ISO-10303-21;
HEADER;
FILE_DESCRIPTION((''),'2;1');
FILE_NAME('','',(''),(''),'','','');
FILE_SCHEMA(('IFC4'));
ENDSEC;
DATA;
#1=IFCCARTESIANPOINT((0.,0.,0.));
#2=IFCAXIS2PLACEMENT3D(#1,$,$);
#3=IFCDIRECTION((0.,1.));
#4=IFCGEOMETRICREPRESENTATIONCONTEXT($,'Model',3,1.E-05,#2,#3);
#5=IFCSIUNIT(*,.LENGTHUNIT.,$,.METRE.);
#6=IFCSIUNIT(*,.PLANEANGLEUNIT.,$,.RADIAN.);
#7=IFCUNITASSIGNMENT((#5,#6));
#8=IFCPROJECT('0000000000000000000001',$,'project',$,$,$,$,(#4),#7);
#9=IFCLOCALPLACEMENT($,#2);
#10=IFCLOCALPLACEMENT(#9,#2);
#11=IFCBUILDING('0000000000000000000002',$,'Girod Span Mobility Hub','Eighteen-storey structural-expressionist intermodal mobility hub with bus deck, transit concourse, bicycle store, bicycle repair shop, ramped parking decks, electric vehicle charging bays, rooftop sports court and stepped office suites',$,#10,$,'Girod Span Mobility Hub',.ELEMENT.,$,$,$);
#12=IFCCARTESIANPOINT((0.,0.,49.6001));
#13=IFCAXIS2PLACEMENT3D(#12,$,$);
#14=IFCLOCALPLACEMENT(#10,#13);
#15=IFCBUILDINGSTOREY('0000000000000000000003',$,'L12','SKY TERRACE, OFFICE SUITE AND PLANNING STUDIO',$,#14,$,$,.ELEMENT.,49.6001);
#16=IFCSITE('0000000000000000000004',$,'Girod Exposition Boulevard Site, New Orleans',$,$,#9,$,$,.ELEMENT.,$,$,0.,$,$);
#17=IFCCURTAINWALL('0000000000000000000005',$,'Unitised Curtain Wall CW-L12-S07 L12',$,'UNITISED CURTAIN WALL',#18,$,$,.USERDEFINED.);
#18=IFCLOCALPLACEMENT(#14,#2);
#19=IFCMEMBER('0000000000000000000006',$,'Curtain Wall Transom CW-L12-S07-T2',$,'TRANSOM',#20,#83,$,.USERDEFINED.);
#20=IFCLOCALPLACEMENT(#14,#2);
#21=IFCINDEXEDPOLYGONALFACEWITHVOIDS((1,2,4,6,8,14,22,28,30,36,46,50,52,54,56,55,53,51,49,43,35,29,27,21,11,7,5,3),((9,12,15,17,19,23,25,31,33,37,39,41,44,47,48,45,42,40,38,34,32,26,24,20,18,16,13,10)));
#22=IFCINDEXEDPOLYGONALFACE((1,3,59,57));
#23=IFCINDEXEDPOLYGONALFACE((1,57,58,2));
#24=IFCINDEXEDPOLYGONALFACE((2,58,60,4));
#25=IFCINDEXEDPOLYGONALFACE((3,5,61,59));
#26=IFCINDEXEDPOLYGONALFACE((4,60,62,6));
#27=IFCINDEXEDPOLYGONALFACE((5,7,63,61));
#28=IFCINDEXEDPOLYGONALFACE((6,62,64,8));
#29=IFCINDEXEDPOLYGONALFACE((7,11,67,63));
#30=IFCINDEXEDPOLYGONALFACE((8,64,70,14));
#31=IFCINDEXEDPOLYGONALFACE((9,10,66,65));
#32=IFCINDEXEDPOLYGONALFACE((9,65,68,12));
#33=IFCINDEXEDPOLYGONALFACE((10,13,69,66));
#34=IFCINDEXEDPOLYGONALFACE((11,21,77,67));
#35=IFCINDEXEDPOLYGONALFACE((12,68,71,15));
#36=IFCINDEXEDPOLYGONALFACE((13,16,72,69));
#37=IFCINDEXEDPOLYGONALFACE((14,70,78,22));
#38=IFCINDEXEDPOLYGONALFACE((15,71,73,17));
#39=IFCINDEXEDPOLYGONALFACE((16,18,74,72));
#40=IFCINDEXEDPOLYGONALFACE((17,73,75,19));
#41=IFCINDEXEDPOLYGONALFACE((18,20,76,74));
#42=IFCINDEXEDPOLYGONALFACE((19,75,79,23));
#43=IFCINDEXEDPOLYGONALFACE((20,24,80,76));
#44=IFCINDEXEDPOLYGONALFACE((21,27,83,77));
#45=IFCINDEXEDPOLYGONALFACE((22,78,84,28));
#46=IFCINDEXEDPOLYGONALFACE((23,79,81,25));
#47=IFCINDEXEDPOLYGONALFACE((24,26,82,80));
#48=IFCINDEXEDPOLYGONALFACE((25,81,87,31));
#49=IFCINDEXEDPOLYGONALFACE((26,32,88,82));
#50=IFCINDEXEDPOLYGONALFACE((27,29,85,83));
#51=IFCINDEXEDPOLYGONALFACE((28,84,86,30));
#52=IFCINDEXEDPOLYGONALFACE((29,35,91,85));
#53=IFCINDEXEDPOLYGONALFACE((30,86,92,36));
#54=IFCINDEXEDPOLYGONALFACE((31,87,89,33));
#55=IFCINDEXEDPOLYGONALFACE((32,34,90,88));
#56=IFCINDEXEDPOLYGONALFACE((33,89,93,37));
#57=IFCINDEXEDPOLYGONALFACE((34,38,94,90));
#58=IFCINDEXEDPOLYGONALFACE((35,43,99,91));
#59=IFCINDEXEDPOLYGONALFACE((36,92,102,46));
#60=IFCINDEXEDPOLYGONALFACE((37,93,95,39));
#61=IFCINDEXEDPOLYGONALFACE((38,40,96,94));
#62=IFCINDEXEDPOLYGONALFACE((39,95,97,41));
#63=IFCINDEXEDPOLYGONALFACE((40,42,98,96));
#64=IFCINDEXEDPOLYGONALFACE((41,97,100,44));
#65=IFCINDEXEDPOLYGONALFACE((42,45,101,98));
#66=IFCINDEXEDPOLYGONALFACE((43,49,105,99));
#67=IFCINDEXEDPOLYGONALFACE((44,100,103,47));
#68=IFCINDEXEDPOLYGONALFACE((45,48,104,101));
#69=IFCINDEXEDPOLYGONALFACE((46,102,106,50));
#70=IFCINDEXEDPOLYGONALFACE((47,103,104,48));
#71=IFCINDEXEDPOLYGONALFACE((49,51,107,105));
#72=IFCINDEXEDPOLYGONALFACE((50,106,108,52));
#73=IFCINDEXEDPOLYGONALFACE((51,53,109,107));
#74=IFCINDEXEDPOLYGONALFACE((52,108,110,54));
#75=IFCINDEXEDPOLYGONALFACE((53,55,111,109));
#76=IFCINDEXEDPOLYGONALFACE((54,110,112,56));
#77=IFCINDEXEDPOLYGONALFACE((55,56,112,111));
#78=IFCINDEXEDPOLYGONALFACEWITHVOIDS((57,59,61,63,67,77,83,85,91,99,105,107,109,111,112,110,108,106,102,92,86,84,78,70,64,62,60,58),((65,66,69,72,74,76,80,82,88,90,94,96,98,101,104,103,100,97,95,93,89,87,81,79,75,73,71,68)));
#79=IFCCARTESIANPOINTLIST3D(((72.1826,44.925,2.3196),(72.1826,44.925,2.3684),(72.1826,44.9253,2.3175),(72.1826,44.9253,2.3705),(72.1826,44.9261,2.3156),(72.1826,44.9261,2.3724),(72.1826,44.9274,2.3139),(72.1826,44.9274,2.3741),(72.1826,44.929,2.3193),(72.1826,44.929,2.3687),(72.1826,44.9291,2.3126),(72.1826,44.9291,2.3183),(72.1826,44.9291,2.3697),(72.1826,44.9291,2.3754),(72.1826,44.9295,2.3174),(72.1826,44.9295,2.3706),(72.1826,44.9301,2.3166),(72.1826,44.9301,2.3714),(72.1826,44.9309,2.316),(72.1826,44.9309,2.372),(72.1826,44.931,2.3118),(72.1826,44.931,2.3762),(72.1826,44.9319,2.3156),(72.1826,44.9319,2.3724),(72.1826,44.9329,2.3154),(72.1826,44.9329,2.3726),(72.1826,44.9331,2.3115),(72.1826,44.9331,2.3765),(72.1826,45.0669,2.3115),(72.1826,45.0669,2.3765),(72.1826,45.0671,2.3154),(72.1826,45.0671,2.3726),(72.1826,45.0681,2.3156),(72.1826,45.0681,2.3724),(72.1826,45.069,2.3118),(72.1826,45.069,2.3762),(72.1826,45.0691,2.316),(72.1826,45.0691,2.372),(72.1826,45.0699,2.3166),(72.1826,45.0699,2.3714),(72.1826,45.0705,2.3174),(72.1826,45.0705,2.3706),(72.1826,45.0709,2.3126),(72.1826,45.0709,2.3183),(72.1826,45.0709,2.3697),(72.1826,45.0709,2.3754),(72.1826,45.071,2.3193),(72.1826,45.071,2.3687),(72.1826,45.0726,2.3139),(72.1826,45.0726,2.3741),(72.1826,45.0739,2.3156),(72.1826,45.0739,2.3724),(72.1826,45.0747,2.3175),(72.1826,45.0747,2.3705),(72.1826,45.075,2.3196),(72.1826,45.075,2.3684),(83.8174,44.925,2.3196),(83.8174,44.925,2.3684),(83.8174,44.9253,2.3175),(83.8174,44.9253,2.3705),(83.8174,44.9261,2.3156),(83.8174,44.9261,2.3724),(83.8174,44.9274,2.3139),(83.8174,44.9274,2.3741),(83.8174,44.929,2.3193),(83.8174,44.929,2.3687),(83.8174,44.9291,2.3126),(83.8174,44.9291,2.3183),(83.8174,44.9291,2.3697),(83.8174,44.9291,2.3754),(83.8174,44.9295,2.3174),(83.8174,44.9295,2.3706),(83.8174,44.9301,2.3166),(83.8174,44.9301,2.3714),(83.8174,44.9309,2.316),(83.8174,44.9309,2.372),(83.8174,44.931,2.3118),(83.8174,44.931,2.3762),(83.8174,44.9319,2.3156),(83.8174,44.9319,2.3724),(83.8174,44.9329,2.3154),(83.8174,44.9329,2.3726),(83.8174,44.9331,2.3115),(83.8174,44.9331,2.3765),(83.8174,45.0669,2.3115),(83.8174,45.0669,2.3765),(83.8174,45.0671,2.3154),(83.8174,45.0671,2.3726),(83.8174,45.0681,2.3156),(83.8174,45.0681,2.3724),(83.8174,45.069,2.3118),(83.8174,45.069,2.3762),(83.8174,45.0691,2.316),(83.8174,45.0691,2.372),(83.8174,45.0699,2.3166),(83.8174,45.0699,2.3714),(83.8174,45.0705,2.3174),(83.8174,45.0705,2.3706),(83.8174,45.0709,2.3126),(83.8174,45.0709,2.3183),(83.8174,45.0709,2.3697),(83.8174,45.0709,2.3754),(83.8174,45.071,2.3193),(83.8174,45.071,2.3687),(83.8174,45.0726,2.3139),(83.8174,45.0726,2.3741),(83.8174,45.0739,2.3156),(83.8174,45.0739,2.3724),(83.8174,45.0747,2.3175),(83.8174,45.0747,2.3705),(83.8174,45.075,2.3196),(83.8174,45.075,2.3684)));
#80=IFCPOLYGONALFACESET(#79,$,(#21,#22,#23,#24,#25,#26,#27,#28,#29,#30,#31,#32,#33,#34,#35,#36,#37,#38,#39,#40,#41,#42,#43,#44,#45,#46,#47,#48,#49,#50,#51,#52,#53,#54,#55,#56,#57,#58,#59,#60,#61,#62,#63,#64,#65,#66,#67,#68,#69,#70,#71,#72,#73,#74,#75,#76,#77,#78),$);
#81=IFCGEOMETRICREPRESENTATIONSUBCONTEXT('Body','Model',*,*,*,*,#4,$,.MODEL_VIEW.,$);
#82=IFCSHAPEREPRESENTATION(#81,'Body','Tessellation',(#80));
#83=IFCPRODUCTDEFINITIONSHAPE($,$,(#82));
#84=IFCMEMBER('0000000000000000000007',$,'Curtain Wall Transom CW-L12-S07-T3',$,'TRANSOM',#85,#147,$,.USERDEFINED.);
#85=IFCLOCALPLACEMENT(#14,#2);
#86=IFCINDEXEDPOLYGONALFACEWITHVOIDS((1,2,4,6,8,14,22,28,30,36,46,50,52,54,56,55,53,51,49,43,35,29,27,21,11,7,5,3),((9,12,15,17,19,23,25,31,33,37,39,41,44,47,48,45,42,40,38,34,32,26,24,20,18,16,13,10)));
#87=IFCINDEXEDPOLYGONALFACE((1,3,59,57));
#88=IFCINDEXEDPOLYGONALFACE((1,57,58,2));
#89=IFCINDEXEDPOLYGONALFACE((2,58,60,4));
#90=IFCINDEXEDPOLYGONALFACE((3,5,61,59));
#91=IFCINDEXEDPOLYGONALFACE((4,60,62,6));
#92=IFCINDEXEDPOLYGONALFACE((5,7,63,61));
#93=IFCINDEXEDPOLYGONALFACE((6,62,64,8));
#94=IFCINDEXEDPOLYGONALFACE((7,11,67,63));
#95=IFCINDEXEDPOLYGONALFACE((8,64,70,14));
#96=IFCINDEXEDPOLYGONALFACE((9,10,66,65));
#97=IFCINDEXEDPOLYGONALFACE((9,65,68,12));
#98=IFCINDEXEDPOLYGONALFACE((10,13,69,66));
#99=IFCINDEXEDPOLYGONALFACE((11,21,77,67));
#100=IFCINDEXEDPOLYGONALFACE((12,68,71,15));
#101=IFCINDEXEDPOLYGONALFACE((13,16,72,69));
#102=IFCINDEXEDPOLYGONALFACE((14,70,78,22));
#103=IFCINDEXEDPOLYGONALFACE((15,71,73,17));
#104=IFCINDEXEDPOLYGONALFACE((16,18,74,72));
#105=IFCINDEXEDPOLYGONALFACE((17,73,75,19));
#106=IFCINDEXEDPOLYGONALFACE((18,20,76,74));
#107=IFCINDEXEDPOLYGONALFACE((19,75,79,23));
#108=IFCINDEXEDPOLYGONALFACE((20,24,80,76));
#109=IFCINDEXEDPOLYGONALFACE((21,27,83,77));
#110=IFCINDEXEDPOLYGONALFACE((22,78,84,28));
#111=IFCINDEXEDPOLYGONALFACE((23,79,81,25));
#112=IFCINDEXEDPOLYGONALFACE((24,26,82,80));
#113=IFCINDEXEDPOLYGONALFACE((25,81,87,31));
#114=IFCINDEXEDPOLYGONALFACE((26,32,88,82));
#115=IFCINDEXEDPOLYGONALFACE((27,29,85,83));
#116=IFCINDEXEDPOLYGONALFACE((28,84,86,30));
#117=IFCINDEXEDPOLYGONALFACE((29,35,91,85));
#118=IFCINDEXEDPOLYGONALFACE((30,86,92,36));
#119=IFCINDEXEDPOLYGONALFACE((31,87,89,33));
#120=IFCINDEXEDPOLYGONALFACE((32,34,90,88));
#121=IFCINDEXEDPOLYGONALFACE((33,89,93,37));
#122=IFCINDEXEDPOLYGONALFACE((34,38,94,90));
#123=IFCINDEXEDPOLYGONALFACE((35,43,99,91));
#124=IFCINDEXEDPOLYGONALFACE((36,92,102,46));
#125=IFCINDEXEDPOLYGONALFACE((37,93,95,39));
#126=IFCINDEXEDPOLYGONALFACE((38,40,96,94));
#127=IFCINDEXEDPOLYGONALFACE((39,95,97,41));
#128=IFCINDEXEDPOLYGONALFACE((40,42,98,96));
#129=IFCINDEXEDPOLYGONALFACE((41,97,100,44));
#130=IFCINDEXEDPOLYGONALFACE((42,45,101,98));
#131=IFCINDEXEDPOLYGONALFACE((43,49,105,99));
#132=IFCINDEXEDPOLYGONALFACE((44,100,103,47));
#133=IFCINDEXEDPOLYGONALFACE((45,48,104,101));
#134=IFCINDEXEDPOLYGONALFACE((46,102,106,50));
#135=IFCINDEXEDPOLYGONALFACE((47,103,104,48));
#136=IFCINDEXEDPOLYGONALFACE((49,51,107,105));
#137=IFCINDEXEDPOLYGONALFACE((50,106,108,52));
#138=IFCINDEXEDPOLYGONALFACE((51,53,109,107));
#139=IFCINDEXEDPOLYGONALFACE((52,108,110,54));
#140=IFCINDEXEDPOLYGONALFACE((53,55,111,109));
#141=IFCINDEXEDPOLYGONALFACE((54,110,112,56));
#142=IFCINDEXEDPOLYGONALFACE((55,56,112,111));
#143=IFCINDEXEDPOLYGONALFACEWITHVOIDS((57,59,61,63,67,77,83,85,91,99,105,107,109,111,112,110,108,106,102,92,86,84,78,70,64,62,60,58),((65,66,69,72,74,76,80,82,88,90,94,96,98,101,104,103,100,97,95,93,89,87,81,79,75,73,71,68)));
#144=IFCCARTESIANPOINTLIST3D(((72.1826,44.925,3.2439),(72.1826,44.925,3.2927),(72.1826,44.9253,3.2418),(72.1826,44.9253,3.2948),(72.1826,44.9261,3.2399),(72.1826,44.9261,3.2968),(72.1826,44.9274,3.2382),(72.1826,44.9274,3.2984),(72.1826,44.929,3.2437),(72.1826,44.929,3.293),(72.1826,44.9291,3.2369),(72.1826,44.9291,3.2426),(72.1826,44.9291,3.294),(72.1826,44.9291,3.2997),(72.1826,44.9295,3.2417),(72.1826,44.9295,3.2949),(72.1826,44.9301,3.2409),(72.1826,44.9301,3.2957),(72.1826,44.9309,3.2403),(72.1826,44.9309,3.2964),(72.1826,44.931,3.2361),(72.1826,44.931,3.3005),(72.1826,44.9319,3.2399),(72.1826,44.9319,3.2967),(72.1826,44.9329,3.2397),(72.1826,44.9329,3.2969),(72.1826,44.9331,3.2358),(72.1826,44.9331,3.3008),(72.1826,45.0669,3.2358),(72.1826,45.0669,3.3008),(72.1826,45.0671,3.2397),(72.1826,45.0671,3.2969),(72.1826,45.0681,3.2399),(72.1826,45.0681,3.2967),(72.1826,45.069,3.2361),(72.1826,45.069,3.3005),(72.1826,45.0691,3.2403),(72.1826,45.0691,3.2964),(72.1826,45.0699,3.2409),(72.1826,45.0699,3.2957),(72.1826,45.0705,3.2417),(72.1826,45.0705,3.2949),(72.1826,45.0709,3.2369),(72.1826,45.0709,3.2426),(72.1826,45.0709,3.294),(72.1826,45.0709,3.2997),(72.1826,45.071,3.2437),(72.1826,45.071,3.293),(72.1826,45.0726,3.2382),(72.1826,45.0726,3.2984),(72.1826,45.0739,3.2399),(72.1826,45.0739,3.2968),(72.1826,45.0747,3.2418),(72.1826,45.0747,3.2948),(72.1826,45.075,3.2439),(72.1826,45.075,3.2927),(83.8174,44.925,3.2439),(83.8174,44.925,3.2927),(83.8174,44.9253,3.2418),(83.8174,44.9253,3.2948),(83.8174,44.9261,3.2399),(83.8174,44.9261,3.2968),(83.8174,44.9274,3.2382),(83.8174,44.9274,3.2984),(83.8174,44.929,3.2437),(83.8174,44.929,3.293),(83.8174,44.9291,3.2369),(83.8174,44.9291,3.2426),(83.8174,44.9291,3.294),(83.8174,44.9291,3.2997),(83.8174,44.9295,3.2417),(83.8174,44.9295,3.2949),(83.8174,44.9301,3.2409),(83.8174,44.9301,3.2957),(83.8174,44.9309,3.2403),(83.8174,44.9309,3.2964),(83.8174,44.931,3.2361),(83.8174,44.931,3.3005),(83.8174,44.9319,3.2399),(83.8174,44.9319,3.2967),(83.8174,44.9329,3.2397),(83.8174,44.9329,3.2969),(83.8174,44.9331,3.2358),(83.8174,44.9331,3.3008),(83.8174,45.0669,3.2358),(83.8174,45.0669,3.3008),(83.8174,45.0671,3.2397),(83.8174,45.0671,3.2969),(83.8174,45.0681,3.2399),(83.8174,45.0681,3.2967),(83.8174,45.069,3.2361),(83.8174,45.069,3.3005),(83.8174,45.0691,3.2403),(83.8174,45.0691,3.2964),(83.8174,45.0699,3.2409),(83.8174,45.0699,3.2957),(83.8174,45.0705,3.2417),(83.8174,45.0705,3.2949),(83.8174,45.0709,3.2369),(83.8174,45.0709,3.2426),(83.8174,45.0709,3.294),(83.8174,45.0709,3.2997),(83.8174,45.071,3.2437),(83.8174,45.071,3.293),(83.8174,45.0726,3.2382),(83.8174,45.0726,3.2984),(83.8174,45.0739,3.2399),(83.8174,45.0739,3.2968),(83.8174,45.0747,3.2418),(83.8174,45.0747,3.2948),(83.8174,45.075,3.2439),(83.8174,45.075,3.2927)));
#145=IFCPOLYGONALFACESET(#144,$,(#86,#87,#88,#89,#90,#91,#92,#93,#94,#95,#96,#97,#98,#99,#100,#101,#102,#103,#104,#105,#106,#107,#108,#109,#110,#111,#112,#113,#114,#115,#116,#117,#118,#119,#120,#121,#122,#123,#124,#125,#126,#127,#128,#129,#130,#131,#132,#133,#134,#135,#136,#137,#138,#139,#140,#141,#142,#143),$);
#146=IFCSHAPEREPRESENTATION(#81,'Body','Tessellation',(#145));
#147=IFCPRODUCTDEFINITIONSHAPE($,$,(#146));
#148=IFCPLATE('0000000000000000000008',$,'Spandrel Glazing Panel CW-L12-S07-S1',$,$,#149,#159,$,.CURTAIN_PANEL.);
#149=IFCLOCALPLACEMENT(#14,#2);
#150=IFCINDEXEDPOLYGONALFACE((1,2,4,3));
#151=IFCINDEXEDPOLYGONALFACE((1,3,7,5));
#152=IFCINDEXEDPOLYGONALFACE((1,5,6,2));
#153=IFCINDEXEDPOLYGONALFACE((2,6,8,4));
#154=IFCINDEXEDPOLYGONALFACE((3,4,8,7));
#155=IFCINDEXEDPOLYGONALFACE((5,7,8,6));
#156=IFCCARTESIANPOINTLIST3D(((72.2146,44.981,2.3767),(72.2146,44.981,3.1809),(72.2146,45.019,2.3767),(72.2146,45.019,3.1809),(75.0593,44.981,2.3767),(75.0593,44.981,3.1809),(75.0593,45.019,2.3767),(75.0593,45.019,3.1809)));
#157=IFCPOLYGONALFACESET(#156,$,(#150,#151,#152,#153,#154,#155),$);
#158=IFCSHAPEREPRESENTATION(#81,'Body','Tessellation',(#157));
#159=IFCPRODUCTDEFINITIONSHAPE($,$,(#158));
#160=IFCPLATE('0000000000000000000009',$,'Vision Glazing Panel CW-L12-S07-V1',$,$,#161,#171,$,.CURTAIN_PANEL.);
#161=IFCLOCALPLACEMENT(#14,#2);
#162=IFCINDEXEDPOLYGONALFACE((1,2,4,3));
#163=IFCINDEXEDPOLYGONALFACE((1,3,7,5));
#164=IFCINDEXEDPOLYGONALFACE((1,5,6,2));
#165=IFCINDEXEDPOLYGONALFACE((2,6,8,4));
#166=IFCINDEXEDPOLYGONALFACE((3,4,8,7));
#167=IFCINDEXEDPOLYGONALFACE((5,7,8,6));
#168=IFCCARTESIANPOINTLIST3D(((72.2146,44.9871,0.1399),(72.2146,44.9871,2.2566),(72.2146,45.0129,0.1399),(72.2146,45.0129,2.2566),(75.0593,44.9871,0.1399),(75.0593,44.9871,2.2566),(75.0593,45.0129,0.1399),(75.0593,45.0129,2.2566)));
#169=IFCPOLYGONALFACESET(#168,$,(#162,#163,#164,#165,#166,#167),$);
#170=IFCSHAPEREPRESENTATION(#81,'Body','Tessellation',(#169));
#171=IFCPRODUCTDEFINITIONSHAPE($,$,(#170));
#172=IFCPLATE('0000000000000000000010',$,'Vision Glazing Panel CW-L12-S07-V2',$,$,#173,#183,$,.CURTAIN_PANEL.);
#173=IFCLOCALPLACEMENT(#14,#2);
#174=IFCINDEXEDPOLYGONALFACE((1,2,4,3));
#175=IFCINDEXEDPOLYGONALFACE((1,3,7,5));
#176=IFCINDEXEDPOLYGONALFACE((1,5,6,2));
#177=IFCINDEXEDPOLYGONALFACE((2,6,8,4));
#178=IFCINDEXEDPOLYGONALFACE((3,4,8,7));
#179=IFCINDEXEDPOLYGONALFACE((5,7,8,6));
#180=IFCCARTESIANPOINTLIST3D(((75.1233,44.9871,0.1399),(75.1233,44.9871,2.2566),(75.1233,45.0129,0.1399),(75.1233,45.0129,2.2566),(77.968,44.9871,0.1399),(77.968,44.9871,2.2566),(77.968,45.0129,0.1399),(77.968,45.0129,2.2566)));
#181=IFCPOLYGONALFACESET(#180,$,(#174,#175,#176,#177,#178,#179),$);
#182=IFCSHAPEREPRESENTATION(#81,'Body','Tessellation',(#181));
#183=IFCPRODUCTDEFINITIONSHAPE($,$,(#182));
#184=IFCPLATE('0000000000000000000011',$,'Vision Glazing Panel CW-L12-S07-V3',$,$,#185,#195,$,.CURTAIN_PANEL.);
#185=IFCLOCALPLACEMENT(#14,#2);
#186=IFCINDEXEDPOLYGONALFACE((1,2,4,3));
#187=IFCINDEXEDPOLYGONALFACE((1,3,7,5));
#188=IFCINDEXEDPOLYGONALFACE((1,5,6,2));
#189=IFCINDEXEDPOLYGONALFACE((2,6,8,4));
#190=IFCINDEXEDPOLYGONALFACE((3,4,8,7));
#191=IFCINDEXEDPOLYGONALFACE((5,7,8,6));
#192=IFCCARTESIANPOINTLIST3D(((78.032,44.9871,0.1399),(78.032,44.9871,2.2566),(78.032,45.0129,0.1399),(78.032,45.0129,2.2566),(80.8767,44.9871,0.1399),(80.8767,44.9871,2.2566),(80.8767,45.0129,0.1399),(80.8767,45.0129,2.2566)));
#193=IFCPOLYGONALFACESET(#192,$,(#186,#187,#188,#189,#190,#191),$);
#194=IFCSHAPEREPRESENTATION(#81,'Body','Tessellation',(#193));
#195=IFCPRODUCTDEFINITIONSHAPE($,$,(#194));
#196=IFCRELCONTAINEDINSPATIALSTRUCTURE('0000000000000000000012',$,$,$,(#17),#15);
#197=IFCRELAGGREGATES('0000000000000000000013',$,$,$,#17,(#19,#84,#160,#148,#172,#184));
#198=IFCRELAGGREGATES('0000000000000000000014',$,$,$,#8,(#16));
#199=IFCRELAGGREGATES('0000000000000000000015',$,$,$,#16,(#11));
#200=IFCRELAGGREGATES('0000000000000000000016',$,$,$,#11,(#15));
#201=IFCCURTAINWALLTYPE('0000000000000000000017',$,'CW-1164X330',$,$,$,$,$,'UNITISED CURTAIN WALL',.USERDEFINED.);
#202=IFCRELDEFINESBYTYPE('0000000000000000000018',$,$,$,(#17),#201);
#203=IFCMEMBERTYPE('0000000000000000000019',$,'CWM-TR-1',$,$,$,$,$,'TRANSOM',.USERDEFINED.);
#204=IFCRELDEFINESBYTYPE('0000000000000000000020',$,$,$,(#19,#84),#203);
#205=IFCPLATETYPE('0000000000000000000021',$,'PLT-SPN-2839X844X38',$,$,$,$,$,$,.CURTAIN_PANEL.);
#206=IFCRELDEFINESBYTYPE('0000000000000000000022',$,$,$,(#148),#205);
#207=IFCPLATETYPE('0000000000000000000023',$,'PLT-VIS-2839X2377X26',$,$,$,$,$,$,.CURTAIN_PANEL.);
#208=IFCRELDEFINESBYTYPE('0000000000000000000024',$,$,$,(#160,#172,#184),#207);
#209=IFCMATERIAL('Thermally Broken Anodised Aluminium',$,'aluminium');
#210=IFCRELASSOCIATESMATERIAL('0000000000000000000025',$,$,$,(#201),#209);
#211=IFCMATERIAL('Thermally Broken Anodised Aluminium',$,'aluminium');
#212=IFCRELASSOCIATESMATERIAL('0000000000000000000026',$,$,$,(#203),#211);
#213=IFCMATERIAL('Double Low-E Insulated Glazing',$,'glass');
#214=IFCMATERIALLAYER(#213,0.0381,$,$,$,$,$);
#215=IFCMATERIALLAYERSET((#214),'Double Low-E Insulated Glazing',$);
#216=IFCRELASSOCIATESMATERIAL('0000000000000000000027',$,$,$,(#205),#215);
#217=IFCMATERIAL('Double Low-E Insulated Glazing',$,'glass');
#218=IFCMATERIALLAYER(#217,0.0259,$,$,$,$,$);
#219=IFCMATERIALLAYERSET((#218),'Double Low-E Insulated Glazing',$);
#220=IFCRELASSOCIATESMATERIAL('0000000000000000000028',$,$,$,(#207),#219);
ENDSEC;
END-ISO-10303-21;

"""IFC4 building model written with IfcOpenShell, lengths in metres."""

from ifc_helpers import new_model, si_unit, direction, frame, origin, origin_2d, place, context, subcontext, project, spatial, rectangle, hollow_rectangle, extrude, material, layer, layer_set, material_profile, profile_set, type_object, element, aggregate, save


model = new_model("IFC4")

# Units and contexts
model_context = context("Model", 3, precision=1e-05, world=origin(), true_north=direction((0.0, 1.0)))
body_context = subcontext(model_context, "Body", "Model", "MODEL_VIEW")
ifc_project = project(units=[si_unit("LENGTHUNIT", "METRE"), si_unit("PLANEANGLEUNIT", "RADIAN")], contexts=[model_context])

# Site, building, storey
site_placement = place(None, origin())
site = spatial("IfcSite", under=ifc_project, at=site_placement, Name="Girod Exposition Boulevard Site, New Orleans", CompositionType="ELEMENT", RefElevation=0.0)
building_placement = place(site_placement, origin())
building = spatial("IfcBuilding", under=site, at=building_placement, Name="Girod Span Mobility Hub", Description="Eighteen-storey structural-expressionist intermodal mobility hub with bus deck, transit concourse, bicycle store, bicycle repair shop, ramped parking decks, electric vehicle charging bays, rooftop sports court and stepped office suites", LongName="Girod Span Mobility Hub", CompositionType="ELEMENT")
storey_placement = place(building_placement, frame((0.0, 0.0, 49.6001)))
storey = spatial("IfcBuildingStorey", under=building, at=storey_placement, Name="L12", Description="SKY TERRACE, OFFICE SUITE AND PLANNING STUDIO", CompositionType="ELEMENT", Elevation=49.6001)

# Curtain wall, members, plates
ifc_material_1 = material(Name="Thermally Broken Anodised Aluminium", Category="aluminium")
curtain_wall_type = type_object("IfcCurtainWallType", Name="CW-1164X330", ElementType="UNITISED CURTAIN WALL", PredefinedType="USERDEFINED", material=ifc_material_1)
curtain_wall_placement = place(storey_placement, origin())
curtain_wall = element("IfcCurtainWall", 1, at=curtain_wall_placement, inside=storey, type_object=curtain_wall_type, Name="Unitised Curtain Wall CW-L12-S07 L12", ObjectType="UNITISED CURTAIN WALL", PredefinedType="USERDEFINED")
ifc_material_2 = material(Name="Thermally Broken Anodised Aluminium", Category="aluminium")
ifc_material_profile_1 = material_profile(ifc_material_2, hollow_rectangle(XDim=0.1499, YDim=0.0649, WallThickness=0.0039, InnerFilletRadius=0.0039, OuterFilletRadius=0.0081, at=origin_2d()), Name="CW-TR-65X150")
ifc_profile_set_1 = profile_set([ifc_material_profile_1], Name="Thermally Broken Anodised Aluminium")
member_type_1 = type_object("IfcMemberType", Name="CWM-TR-1", ElementType="TRANSOM", PredefinedType="USERDEFINED", material=ifc_profile_set_1)
member_1_placement = place(storey_placement, frame((72.1826, 45.0, 2.344), z_axis=(1.0, 0.0, 0.0), x_axis=(0.0, 1.0, 0.0)))
member_1 = element("IfcMember", 2, at=member_1_placement, type_object=member_type_1, Name="Curtain Wall Transom CW-L12-S07-T2", ObjectType="TRANSOM", PredefinedType="USERDEFINED", context=body_context, shape_type="SweptSolid", body=[
    extrude(hollow_rectangle(XDim=0.1499, YDim=0.0649, WallThickness=0.0039, InnerFilletRadius=0.0039, OuterFilletRadius=0.0081, at=origin_2d()), origin(), (0.0, 0.0, 1.0), 11.6348),
])
member_2_placement = place(storey_placement, frame((72.1826, 45.0, 3.2683), z_axis=(1.0, 0.0, 0.0), x_axis=(0.0, 1.0, 0.0)))
member_2 = element("IfcMember", 3, at=member_2_placement, type_object=member_type_1, Name="Curtain Wall Transom CW-L12-S07-T3", ObjectType="TRANSOM", PredefinedType="USERDEFINED", context=body_context, shape_type="SweptSolid", body=[
    extrude(hollow_rectangle(XDim=0.1499, YDim=0.0649, WallThickness=0.0039, InnerFilletRadius=0.0039, OuterFilletRadius=0.0081, at=origin_2d()), origin(), (0.0, 0.0, 1.0), 11.6348),
])
ifc_material_3 = material(Name="Double Low-E Insulated Glazing", Category="glass")
ifc_layer_1 = layer(ifc_material_3, 0.0381)
ifc_layer_set_1 = layer_set([ifc_layer_1], Name="Double Low-E Insulated Glazing")
plate_type_1 = type_object("IfcPlateType", Name="PLT-SPN-2839X844X38", PredefinedType="CURTAIN_PANEL", material=ifc_layer_set_1)
plate_1_placement = place(storey_placement, frame((73.637, 45.0, 2.3767), z_axis=(0.0, 0.0, 1.0), x_axis=(1.0, 0.0, 0.0)))
plate_1 = element("IfcPlate", 4, at=plate_1_placement, type_object=plate_type_1, Name="Spandrel Glazing Panel CW-L12-S07-S1", PredefinedType="CURTAIN_PANEL", context=body_context, shape_type="SweptSolid", body=[
    extrude(rectangle(XDim=2.8447, YDim=0.0381, at=origin_2d()), origin(), (0.0, 0.0, 1.0), 0.8042),
])
ifc_material_4 = material(Name="Double Low-E Insulated Glazing", Category="glass")
ifc_layer_2 = layer(ifc_material_4, 0.0259)
ifc_layer_set_2 = layer_set([ifc_layer_2], Name="Double Low-E Insulated Glazing")
plate_type_2 = type_object("IfcPlateType", Name="PLT-VIS-2839X2377X26", PredefinedType="CURTAIN_PANEL", material=ifc_layer_set_2)
plate_2_placement = place(storey_placement, frame((73.637, 45.0, 0.1399), z_axis=(0.0, 0.0, 1.0), x_axis=(1.0, 0.0, 0.0)))
plate_2 = element("IfcPlate", 5, at=plate_2_placement, type_object=plate_type_2, Name="Vision Glazing Panel CW-L12-S07-V1", PredefinedType="CURTAIN_PANEL", context=body_context, shape_type="SweptSolid", body=[
    extrude(rectangle(XDim=2.8447, YDim=0.0259, at=origin_2d()), origin(), (0.0, 0.0, 1.0), 2.1167),
])
plate_3_placement = place(storey_placement, frame((76.5457, 45.0, 0.1399), z_axis=(0.0, 0.0, 1.0), x_axis=(1.0, 0.0, 0.0)))
plate_3 = element("IfcPlate", 6, at=plate_3_placement, type_object=plate_type_2, Name="Vision Glazing Panel CW-L12-S07-V2", PredefinedType="CURTAIN_PANEL", context=body_context, shape_type="SweptSolid", body=[
    extrude(rectangle(XDim=2.8447, YDim=0.0259, at=origin_2d()), origin(), (0.0, 0.0, 1.0), 2.1167),
])
plate_4_placement = place(storey_placement, frame((79.4543, 45.0, 0.1399), z_axis=(0.0, 0.0, 1.0), x_axis=(1.0, 0.0, 0.0)))
plate_4 = element("IfcPlate", 7, at=plate_4_placement, type_object=plate_type_2, Name="Vision Glazing Panel CW-L12-S07-V3", PredefinedType="CURTAIN_PANEL", context=body_context, shape_type="SweptSolid", body=[
    extrude(rectangle(XDim=2.8447, YDim=0.0259, at=origin_2d()), origin(), (0.0, 0.0, 1.0), 2.1167),
])
aggregate(curtain_wall, [member_1, member_2, plate_2, plate_1, plate_3, plate_4])

save(model, "model.ifc")
